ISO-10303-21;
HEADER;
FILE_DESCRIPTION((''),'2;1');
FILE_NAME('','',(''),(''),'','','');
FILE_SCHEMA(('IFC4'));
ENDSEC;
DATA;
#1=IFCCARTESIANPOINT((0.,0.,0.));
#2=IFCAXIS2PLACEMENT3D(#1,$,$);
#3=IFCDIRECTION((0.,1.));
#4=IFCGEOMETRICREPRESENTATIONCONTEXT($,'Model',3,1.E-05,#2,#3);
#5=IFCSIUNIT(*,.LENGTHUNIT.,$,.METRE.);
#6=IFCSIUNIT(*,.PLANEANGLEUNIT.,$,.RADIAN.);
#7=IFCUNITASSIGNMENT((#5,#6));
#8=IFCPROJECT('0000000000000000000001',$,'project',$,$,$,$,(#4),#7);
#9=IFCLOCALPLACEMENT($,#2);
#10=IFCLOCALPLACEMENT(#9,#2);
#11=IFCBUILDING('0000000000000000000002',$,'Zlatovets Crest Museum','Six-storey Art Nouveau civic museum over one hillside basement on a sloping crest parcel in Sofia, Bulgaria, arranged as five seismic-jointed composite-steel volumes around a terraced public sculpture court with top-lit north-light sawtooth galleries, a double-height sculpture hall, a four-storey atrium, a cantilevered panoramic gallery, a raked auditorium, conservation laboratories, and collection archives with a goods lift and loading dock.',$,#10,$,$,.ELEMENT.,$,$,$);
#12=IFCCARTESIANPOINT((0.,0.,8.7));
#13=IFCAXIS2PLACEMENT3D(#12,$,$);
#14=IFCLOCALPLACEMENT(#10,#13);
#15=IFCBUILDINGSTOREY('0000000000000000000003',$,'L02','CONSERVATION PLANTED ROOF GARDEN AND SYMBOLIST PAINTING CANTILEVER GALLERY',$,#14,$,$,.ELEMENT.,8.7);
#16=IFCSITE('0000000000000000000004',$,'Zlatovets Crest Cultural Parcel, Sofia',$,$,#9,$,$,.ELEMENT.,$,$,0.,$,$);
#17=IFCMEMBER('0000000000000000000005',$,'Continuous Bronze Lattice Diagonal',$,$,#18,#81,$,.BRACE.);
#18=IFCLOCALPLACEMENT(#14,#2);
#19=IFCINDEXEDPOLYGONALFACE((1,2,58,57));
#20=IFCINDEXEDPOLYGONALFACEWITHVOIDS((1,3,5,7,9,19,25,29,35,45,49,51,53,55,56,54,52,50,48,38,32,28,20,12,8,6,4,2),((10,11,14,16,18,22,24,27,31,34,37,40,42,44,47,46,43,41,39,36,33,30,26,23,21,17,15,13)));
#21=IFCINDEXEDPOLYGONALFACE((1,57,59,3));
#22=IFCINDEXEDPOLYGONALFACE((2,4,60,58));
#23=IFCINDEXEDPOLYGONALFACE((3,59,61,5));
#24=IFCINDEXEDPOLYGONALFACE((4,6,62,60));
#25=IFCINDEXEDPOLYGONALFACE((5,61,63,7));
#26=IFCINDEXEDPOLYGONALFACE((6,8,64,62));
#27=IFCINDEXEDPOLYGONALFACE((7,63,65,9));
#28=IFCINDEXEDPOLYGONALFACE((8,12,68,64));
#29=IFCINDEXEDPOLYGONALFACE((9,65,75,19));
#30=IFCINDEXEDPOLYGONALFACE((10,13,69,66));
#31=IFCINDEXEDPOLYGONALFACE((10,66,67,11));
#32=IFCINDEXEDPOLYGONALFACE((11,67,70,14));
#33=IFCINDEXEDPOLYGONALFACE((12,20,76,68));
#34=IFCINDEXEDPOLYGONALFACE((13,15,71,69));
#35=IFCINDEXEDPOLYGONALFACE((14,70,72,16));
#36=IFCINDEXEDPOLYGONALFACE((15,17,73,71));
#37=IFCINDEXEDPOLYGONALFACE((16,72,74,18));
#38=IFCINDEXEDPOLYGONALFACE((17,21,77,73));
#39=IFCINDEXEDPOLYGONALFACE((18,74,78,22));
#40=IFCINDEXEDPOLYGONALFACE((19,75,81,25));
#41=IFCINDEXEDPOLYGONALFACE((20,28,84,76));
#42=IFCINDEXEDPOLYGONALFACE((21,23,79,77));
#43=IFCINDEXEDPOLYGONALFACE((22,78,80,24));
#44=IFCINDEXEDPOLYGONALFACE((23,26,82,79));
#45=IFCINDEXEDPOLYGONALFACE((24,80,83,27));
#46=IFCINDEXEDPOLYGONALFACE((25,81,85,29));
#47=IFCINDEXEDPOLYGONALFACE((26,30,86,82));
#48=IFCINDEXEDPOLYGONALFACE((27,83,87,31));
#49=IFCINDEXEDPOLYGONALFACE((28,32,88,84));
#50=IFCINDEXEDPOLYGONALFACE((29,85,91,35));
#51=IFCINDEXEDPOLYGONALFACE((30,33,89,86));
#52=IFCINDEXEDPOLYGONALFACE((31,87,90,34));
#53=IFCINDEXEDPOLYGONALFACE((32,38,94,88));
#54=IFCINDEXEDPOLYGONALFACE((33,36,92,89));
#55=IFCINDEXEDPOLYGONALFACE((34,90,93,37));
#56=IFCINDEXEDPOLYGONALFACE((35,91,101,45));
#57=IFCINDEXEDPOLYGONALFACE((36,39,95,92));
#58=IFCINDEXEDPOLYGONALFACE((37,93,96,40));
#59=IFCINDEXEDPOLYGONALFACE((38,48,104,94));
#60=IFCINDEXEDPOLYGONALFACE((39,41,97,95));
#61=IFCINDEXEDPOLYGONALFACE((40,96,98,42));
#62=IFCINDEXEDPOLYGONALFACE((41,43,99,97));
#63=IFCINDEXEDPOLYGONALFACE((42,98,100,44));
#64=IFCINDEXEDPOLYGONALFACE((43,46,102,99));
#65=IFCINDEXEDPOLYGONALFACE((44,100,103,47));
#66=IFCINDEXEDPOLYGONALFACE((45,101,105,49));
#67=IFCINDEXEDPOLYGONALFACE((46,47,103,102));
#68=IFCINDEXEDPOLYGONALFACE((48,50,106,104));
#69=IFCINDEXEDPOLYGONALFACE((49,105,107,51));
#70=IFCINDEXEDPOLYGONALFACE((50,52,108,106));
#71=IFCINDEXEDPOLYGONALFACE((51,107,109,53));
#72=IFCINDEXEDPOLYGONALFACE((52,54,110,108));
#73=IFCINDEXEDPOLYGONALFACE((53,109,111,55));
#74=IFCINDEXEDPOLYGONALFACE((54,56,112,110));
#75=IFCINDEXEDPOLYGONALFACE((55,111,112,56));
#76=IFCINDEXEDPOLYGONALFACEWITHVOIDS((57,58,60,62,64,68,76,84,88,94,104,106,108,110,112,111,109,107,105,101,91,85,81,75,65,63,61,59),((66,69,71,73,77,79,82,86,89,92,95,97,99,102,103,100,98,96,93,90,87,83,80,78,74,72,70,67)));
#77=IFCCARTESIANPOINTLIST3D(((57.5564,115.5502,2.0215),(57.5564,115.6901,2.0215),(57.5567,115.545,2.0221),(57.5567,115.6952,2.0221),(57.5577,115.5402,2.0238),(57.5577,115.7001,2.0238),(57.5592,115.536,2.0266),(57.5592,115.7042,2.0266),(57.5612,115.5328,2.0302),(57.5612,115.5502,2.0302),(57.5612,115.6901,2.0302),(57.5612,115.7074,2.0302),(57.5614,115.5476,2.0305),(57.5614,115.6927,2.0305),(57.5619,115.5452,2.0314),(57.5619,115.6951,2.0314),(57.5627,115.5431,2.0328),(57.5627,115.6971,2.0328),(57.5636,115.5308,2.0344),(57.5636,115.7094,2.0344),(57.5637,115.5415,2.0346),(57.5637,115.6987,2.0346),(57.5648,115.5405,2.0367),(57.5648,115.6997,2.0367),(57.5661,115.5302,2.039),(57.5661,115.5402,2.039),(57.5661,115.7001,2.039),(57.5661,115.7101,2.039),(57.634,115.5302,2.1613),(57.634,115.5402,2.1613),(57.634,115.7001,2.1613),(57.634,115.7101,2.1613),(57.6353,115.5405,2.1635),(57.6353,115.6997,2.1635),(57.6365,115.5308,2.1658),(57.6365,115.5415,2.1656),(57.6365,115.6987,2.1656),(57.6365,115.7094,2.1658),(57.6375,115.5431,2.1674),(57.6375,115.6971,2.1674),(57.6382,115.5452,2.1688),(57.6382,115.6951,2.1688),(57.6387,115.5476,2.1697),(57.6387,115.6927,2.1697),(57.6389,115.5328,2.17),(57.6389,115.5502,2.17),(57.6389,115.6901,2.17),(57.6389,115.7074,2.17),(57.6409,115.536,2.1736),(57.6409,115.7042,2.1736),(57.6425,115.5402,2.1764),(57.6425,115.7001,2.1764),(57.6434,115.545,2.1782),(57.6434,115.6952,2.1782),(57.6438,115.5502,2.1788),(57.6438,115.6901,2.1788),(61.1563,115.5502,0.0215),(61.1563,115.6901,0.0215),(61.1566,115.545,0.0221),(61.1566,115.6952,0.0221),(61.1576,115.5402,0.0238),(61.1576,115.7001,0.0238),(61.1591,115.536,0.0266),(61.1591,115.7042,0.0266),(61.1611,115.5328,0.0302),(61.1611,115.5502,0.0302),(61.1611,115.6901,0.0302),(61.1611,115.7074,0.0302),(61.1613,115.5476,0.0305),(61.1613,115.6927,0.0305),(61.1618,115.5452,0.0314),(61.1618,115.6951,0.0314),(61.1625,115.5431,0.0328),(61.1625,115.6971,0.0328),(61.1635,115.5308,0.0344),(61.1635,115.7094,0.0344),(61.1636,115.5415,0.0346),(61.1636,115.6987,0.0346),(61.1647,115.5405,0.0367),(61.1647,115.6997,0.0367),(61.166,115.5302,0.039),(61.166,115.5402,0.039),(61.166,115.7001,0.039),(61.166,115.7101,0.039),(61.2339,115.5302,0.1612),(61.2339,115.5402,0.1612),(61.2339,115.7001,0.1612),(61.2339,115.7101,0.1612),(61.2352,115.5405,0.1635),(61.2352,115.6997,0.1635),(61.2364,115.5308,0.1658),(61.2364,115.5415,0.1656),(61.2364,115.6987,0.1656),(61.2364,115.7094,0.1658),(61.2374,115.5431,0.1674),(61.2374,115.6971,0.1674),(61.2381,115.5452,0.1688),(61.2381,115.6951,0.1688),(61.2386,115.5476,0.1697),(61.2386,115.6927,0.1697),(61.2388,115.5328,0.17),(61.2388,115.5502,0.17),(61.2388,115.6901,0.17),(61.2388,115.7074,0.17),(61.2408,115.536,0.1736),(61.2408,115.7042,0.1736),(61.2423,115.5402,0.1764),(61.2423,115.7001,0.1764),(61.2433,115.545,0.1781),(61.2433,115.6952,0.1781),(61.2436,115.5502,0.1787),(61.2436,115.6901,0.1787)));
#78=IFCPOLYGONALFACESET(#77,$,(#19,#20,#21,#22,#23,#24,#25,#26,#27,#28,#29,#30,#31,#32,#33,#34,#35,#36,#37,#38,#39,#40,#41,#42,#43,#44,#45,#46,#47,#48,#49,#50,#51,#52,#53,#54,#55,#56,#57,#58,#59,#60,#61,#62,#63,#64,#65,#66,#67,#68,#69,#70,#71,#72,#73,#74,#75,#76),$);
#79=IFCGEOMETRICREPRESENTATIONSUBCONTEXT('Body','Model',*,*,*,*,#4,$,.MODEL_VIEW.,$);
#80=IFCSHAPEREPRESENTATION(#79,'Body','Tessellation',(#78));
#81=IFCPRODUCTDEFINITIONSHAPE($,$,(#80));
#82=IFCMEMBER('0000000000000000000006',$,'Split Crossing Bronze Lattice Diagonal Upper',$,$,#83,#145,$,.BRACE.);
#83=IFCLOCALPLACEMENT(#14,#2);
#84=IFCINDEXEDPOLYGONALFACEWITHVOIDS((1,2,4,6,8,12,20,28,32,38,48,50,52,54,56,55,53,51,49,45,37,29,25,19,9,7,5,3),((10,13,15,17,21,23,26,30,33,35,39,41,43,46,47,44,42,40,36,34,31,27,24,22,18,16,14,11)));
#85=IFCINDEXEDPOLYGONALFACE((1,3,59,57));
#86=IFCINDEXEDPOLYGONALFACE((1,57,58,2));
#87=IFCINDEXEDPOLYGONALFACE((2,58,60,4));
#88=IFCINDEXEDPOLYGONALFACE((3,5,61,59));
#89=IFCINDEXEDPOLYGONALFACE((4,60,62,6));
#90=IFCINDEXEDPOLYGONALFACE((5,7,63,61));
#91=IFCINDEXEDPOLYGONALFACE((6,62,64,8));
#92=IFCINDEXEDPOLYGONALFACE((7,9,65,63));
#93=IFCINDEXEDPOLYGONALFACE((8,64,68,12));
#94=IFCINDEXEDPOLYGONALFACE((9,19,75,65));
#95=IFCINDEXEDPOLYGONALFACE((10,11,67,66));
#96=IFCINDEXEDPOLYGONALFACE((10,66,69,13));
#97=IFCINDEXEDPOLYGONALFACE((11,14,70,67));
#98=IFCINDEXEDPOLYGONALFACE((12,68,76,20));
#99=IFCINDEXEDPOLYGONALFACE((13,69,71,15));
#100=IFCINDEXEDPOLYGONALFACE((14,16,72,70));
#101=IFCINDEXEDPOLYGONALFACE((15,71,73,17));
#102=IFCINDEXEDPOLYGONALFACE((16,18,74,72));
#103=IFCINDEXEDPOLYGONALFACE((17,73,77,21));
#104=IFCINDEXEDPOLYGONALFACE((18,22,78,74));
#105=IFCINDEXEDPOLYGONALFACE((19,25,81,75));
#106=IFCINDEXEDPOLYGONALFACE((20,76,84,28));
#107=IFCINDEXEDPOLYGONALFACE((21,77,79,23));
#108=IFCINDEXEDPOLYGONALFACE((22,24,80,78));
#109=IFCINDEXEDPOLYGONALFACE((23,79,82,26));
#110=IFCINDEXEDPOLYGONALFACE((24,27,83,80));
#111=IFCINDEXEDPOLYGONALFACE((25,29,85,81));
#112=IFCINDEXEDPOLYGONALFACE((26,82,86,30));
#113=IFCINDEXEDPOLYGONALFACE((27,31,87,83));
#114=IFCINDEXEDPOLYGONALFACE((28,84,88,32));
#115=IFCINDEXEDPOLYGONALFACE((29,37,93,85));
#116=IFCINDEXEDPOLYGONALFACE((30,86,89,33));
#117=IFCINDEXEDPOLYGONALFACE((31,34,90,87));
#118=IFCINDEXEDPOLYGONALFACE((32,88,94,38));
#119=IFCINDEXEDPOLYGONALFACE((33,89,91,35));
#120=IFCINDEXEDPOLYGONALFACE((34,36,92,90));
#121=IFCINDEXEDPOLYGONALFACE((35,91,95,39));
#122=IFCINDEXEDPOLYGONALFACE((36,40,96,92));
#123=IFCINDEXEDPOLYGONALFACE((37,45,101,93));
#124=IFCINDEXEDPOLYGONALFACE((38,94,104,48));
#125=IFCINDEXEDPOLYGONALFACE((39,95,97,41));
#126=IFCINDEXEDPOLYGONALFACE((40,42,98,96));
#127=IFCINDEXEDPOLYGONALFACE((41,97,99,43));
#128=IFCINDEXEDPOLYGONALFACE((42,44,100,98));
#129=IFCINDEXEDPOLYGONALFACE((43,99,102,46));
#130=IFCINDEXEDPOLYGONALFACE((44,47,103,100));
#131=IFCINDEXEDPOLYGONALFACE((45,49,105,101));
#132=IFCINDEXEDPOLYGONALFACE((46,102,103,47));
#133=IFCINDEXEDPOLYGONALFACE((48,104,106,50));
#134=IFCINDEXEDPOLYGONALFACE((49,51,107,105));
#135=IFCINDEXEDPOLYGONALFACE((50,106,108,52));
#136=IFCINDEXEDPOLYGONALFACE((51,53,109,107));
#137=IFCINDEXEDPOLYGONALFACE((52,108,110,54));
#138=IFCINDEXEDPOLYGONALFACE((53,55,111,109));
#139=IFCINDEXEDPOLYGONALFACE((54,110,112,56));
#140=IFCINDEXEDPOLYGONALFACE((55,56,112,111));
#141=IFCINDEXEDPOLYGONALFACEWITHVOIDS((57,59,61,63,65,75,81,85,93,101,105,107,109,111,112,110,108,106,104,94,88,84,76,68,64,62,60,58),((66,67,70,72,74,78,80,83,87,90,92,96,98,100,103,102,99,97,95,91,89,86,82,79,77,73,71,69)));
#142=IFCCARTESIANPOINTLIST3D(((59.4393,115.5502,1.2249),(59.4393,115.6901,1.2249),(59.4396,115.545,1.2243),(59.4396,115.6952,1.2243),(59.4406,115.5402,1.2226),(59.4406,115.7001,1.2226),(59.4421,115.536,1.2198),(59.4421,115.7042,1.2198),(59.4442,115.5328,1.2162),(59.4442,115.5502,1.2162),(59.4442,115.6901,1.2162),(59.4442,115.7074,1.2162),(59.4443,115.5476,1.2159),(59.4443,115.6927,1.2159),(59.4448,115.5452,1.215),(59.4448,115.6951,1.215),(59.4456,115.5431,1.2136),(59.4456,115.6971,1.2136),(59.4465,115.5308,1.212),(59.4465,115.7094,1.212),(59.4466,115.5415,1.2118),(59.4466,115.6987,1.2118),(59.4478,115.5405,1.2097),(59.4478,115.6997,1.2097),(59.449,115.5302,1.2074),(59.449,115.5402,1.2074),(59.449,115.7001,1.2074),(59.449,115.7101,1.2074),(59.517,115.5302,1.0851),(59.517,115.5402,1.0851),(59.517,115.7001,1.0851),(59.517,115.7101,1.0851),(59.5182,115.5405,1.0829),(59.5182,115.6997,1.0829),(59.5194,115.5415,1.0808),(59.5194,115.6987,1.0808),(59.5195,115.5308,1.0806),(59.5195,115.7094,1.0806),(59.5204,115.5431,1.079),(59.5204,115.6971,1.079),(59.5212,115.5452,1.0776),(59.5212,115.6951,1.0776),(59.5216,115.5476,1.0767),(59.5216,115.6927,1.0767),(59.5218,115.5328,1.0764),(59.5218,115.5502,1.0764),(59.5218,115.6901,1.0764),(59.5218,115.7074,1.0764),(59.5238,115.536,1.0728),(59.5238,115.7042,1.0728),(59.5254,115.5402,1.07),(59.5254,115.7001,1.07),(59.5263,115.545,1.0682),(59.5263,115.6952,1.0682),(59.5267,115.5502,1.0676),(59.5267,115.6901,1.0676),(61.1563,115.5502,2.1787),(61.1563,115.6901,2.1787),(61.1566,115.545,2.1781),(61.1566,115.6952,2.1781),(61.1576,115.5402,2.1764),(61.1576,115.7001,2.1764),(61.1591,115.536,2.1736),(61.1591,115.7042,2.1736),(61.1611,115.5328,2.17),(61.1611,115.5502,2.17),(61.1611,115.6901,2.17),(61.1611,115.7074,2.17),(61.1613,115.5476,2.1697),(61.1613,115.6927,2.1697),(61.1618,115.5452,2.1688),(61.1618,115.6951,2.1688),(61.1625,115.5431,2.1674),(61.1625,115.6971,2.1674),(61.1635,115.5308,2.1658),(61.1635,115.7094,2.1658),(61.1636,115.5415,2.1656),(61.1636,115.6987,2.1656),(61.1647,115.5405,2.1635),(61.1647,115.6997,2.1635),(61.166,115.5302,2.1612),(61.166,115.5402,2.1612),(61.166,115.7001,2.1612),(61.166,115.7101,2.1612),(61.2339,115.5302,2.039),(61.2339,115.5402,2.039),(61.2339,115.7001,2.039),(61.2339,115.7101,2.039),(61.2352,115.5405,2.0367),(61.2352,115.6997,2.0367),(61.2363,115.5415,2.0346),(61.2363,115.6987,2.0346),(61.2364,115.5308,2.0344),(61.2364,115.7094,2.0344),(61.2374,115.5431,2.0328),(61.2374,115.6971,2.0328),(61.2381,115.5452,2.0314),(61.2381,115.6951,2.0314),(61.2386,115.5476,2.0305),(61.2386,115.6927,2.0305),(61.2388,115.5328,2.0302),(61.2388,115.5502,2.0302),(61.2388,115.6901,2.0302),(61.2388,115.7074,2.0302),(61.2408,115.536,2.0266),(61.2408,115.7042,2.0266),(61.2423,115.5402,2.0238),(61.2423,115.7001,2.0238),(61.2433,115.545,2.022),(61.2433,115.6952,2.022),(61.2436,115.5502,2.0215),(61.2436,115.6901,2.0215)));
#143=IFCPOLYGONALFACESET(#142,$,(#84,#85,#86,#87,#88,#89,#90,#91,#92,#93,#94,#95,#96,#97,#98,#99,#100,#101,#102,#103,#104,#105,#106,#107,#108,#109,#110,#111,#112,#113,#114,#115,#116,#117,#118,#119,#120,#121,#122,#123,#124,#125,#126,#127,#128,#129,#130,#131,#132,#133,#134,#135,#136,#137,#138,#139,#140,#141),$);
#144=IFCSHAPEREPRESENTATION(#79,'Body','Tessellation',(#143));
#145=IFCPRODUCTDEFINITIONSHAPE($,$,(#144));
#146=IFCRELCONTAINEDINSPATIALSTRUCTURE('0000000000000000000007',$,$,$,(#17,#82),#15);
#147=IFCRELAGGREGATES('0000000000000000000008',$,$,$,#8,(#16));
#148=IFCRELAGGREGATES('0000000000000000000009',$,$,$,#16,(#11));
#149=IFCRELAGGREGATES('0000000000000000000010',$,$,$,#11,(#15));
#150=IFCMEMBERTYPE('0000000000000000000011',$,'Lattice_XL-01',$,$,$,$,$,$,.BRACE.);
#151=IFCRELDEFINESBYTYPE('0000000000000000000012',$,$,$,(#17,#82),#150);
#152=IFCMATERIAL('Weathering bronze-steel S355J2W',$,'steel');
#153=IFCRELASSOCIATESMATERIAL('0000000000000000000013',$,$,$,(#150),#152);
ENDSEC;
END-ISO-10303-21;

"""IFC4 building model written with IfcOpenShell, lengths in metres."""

from ifc_helpers import new_model, si_unit, direction, frame, origin, origin_2d, place, context, subcontext, project, spatial, hollow_rectangle, extrude, material, material_profile, profile_set, type_object, element, save


model = new_model("IFC4")

# Units and contexts
model_context = context("Model", 3, precision=1e-05, world=origin(), true_north=direction((0.0, 1.0)))
body_context = subcontext(model_context, "Body", "Model", "MODEL_VIEW")
ifc_project = project(units=[si_unit("LENGTHUNIT", "METRE"), si_unit("PLANEANGLEUNIT", "RADIAN")], contexts=[model_context])

# Site, building, storey
site_placement = place(None, origin())
site = spatial("IfcSite", under=ifc_project, at=site_placement, Name="Zlatovets Crest Cultural Parcel, Sofia", CompositionType="ELEMENT", RefElevation=0.0)
building_placement = place(site_placement, origin())
building = spatial("IfcBuilding", under=site, at=building_placement, Name="Zlatovets Crest Museum", Description="Six-storey Art Nouveau civic museum over one hillside basement on a sloping crest parcel in Sofia, Bulgaria, arranged as five seismic-jointed composite-steel volumes around a terraced public sculpture court with top-lit north-light sawtooth galleries, a double-height sculpture hall, a four-storey atrium, a cantilevered panoramic gallery, a raked auditorium, conservation laboratories, and collection archives with a goods lift and loading dock.", CompositionType="ELEMENT")
storey_placement = place(building_placement, frame((0.0, 0.0, 8.7)))
storey = spatial("IfcBuildingStorey", under=building, at=storey_placement, Name="L02", Description="CONSERVATION PLANTED ROOF GARDEN AND SYMBOLIST PAINTING CANTILEVER GALLERY", CompositionType="ELEMENT", Elevation=8.7)

# Members
ifc_material_1 = material(Name="Weathering bronze-steel S355J2W", Category="steel")
ifc_material_profile_1 = material_profile(ifc_material_1, hollow_rectangle(XDim=0.1799, YDim=0.1799, WallThickness=0.01, InnerFilletRadius=0.01, OuterFilletRadius=0.02, at=origin_2d()), Name="SHS 180x180x10.0")
ifc_profile_set_1 = profile_set([ifc_material_profile_1], Name="Weathering bronze-steel S355J2W")
member_type_1 = type_object("IfcMemberType", Name="Lattice_XL-01", PredefinedType="BRACE", material=ifc_profile_set_1)
member_1_placement = place(storey_placement, frame((61.2, 115.6201, 0.1001), z_axis=(-0.874149, 0.0, 0.485658), x_axis=(0.0, -1.0, 0.0)))
element("IfcMember", 1, at=member_1_placement, inside=storey, type_object=member_type_1, Name="Continuous Bronze Lattice Diagonal", PredefinedType="BRACE", context=body_context, shape_type="SweptSolid", body=[
    extrude(hollow_rectangle(XDim=0.1799, YDim=0.1799, WallThickness=0.01, InnerFilletRadius=0.01, OuterFilletRadius=0.02, at=origin_2d()), origin(), (0.0, 0.0, 1.0), 4.1182),
])
member_2_placement = place(storey_placement, frame((61.2, 115.6201, 2.1001), z_axis=(-0.874169, 0.0, -0.485622), x_axis=(0.0, -1.0, 0.0)))
element("IfcMember", 2, at=member_2_placement, inside=storey, type_object=member_type_1, Name="Split Crossing Bronze Lattice Diagonal Upper", PredefinedType="BRACE", context=body_context, shape_type="SweptSolid", body=[
    extrude(hollow_rectangle(XDim=0.1799, YDim=0.1799, WallThickness=0.01, InnerFilletRadius=0.01, OuterFilletRadius=0.02, at=origin_2d()), origin(), (0.0, 0.0, 1.0), 1.9641),
])

save(model, "model.ifc")
